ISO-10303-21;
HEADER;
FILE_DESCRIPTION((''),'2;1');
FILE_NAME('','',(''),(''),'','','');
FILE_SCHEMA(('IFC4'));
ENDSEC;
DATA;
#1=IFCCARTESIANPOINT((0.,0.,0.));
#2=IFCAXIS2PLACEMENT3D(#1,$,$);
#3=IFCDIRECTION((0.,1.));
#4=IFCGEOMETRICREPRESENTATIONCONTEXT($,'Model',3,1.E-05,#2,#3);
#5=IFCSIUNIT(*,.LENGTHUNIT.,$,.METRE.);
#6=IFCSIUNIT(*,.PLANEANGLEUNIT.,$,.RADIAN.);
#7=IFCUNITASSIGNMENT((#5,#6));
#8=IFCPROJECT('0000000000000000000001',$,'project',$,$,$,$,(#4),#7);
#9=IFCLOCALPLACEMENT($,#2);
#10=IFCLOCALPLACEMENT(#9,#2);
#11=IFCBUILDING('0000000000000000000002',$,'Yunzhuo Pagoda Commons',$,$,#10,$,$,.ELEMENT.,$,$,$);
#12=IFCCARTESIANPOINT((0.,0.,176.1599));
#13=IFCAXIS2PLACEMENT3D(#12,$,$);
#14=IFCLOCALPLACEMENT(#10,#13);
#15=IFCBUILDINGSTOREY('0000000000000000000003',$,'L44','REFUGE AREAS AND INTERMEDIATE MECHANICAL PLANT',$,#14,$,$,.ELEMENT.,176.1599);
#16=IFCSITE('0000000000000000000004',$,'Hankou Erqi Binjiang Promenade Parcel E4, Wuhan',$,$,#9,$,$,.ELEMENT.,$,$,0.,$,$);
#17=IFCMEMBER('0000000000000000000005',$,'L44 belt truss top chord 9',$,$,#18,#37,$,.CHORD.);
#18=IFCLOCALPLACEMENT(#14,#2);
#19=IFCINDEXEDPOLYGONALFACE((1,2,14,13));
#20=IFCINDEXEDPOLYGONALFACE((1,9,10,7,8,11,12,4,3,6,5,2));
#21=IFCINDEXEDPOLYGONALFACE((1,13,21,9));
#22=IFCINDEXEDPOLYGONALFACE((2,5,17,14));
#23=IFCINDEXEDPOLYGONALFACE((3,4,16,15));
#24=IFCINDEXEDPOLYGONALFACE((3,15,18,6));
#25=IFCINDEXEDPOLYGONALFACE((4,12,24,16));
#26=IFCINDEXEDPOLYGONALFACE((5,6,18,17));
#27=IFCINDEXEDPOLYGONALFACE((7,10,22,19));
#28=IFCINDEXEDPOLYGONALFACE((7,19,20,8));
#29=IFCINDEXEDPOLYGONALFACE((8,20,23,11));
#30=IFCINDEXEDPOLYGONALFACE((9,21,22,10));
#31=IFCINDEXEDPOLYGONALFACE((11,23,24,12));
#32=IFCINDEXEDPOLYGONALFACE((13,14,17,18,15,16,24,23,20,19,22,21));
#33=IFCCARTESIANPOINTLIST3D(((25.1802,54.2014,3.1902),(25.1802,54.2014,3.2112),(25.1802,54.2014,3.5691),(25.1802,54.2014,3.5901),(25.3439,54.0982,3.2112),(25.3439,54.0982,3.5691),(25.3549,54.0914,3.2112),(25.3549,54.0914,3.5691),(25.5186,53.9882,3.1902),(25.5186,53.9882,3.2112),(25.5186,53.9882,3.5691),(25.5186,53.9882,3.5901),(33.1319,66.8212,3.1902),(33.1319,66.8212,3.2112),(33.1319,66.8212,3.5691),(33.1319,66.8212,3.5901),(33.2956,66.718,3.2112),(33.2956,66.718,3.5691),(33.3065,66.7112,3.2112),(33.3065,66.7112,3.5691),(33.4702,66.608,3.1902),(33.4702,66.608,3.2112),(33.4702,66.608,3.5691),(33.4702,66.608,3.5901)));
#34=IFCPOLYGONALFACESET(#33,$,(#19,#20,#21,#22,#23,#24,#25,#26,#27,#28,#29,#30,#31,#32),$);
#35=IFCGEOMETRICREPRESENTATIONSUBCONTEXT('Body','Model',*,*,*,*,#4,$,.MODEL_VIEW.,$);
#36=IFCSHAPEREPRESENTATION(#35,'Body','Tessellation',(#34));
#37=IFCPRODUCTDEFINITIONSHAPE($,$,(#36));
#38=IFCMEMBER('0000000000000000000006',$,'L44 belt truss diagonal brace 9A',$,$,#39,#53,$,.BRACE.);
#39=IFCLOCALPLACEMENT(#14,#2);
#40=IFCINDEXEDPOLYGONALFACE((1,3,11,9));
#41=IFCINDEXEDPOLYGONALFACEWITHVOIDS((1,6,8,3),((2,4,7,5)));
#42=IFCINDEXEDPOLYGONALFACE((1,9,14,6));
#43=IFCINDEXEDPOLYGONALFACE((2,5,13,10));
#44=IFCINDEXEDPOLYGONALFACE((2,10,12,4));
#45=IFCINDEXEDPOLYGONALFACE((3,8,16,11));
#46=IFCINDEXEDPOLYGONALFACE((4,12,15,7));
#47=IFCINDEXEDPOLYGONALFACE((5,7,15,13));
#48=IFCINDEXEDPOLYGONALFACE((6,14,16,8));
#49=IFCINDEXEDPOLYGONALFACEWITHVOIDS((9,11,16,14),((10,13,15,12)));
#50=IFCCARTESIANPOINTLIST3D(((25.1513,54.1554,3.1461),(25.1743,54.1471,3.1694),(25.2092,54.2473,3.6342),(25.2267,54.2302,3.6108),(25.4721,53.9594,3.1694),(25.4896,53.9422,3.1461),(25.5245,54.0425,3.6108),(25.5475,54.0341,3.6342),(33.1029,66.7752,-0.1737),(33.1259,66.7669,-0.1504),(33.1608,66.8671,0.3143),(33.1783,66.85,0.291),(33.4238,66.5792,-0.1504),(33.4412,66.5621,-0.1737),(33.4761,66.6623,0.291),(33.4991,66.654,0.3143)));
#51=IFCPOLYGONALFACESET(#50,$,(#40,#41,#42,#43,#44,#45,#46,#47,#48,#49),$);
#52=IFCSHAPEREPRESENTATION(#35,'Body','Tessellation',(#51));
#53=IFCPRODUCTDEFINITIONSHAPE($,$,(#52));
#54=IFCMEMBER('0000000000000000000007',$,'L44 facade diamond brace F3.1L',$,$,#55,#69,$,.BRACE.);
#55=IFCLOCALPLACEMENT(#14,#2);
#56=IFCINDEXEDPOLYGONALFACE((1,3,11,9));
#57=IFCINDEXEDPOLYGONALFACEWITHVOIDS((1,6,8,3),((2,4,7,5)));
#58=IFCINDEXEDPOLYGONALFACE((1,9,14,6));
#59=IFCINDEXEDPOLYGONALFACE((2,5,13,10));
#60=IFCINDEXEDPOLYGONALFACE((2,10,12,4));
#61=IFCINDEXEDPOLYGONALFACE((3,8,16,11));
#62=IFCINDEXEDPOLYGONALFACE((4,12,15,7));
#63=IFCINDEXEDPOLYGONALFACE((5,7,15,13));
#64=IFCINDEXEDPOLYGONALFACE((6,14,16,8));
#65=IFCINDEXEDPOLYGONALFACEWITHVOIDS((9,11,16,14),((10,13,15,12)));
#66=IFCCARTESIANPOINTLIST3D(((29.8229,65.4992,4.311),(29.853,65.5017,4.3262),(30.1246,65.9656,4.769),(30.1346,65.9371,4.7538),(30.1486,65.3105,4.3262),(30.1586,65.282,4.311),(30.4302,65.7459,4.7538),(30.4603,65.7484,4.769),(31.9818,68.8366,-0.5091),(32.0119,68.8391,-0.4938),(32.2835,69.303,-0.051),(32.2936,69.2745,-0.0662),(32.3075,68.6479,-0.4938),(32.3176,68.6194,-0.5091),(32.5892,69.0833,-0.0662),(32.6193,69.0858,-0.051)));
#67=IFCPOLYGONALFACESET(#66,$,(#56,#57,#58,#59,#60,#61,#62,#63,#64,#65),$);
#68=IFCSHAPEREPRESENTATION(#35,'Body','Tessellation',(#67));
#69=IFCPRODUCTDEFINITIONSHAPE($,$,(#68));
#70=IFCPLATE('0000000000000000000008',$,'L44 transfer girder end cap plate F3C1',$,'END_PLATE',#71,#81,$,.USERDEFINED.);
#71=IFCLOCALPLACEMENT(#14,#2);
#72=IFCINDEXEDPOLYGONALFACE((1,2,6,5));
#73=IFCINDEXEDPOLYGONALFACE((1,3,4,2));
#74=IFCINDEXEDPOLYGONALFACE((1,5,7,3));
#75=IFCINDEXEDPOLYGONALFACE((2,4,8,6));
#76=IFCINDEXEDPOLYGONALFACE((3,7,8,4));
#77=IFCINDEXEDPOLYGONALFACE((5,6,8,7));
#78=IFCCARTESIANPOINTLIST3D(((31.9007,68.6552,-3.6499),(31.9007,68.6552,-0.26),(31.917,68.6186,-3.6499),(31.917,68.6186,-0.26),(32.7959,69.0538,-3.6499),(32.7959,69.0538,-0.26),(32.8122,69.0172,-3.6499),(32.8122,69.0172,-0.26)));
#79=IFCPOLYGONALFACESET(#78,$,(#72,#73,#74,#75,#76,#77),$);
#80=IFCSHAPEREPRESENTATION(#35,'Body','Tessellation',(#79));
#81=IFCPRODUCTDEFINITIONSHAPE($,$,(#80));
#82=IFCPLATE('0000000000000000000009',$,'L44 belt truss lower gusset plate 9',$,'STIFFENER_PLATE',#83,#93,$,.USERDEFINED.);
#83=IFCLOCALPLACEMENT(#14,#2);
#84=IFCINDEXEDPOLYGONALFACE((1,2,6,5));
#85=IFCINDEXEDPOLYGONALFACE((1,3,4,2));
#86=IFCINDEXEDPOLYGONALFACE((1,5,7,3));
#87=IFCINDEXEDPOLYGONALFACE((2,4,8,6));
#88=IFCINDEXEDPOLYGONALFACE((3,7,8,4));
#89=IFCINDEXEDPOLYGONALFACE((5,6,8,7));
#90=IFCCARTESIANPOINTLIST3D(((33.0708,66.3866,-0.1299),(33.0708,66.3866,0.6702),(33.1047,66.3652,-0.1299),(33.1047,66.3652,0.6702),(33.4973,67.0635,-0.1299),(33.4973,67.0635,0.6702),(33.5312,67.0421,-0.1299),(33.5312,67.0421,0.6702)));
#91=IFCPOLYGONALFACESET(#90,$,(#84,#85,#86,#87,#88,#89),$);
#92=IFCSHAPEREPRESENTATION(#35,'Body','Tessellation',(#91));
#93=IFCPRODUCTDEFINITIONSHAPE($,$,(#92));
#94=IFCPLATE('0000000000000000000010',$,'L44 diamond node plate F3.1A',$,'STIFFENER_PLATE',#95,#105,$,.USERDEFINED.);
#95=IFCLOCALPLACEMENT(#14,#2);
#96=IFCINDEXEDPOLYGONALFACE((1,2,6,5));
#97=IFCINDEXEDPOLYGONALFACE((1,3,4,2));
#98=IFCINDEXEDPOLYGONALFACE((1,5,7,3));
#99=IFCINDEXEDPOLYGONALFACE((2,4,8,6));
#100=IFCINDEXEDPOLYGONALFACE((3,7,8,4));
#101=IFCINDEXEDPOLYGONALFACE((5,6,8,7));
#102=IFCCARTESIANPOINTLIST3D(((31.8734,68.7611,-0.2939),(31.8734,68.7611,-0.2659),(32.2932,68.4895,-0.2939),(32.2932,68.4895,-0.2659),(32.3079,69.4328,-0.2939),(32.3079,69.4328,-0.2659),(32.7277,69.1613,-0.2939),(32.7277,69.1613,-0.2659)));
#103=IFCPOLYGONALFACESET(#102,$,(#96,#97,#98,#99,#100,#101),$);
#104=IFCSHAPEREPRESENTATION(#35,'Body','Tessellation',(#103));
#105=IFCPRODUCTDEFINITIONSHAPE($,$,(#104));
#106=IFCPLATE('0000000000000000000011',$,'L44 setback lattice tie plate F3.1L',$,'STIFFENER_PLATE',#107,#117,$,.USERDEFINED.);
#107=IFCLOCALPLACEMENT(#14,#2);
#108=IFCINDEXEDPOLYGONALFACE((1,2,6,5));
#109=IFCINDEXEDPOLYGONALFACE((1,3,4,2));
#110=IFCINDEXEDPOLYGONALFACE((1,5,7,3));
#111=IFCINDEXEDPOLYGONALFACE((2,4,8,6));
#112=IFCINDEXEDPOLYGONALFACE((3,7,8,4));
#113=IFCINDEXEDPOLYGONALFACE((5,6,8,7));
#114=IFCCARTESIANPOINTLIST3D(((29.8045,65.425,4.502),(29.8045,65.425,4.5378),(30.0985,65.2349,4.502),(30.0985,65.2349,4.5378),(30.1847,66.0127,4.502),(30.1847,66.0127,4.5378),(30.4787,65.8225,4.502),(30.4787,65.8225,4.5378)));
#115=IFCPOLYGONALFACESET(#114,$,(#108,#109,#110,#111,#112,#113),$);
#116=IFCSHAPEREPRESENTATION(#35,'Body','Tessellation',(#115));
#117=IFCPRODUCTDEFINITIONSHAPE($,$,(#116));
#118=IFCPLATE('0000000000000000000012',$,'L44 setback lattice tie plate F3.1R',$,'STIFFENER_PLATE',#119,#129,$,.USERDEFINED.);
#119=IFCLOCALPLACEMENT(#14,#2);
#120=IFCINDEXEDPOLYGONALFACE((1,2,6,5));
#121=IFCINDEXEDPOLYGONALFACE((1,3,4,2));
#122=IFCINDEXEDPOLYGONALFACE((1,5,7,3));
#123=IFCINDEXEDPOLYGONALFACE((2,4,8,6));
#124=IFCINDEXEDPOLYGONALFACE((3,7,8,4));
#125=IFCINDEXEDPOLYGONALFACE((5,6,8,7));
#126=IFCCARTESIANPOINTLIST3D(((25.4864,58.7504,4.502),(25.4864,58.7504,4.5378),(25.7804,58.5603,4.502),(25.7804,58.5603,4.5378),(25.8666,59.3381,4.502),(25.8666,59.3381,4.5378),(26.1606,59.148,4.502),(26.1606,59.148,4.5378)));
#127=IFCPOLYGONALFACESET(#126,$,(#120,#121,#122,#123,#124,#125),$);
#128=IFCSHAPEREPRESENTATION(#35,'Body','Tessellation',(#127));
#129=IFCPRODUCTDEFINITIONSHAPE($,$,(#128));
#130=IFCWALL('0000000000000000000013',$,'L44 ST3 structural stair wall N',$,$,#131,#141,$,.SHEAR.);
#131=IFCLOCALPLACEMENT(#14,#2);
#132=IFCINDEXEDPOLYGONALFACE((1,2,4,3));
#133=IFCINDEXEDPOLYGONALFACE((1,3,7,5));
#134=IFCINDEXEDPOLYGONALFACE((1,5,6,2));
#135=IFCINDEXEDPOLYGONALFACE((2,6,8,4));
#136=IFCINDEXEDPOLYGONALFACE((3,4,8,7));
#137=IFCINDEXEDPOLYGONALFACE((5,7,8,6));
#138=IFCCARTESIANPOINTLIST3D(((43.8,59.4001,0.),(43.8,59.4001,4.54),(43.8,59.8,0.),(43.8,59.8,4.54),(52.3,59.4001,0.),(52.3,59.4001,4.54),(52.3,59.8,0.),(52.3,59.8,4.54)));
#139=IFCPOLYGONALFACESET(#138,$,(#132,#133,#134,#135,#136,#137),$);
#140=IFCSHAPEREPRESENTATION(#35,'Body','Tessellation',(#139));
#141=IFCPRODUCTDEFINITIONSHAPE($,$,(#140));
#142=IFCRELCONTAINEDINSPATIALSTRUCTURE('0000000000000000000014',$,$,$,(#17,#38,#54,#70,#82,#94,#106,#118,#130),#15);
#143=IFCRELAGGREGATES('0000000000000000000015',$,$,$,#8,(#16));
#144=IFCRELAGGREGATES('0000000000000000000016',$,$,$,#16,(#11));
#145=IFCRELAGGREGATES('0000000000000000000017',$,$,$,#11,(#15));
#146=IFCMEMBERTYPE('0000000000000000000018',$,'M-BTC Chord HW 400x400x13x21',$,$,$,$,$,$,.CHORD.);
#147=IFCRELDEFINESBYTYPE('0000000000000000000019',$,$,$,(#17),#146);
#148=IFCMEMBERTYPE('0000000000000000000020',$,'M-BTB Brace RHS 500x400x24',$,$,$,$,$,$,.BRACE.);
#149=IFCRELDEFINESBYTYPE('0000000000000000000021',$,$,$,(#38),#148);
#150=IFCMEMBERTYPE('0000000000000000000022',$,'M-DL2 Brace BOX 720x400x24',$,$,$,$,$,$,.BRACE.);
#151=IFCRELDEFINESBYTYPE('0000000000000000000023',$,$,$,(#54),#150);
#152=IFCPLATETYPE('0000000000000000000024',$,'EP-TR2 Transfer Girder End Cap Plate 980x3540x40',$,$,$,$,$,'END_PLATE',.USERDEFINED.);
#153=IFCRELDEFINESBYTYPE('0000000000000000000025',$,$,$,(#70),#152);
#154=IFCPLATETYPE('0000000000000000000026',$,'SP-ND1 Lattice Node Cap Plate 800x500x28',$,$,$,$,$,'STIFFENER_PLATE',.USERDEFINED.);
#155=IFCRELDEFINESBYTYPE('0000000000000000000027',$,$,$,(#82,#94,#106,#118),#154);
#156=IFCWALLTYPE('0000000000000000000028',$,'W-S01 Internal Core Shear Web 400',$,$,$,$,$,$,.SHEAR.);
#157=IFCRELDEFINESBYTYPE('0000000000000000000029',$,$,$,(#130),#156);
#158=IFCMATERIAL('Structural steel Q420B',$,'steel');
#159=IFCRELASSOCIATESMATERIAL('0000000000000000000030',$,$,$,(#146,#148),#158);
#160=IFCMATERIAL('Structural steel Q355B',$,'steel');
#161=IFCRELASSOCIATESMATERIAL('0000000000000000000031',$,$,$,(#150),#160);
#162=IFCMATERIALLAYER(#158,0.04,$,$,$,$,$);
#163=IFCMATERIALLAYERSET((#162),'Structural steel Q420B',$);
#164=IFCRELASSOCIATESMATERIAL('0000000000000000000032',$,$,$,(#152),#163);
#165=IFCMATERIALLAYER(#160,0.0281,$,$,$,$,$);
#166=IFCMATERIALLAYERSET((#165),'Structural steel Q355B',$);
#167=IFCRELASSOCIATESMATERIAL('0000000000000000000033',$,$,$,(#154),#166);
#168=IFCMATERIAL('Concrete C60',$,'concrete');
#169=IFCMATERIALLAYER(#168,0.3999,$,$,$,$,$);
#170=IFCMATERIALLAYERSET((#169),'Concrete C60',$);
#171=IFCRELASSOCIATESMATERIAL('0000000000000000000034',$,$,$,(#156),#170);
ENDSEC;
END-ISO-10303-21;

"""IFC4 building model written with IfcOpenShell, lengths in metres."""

from ifc_helpers import new_model, si_unit, direction, frame, frame_2d, origin, origin_2d, place, context, subcontext, project, spatial, rectangle, hollow_rectangle, i_section, extrude, source, transform, mapped, material, layer, layer_set, material_profile, profile_set, type_object, element, save


model = new_model("IFC4")

# Units and contexts
model_context = context("Model", 3, precision=1e-05, world=origin(), true_north=direction((0.0, 1.0)))
body_context = subcontext(model_context, "Body", "Model", "MODEL_VIEW")
ifc_project = project(units=[si_unit("LENGTHUNIT", "METRE"), si_unit("PLANEANGLEUNIT", "RADIAN")], contexts=[model_context])

# Site, building, storey
site_placement = place(None, origin())
site = spatial("IfcSite", under=ifc_project, at=site_placement, Name="Hankou Erqi Binjiang Promenade Parcel E4, Wuhan", CompositionType="ELEMENT", RefElevation=0.0)
building_placement = place(site_placement, origin())
building = spatial("IfcBuilding", under=site, at=building_placement, Name="Yunzhuo Pagoda Commons", CompositionType="ELEMENT")
storey_placement = place(building_placement, frame((0.0, 0.0, 176.1599)))
storey = spatial("IfcBuildingStorey", under=building, at=storey_placement, Name="L44", Description="REFUGE AREAS AND INTERMEDIATE MECHANICAL PLANT", CompositionType="ELEMENT", Elevation=176.1599)

# Shared definitions
ifc_material_1 = material(Name="Structural steel Q420B", Category="steel")

# Shared definitions
ifc_material_2 = material(Name="Structural steel Q355B", Category="steel")

# Members
ifc_material_profile_1 = material_profile(ifc_material_1, i_section(OverallWidth=0.3999, OverallDepth=0.3999, WebThickness=0.0129, FlangeThickness=0.021, at=origin_2d()), Name="Structural steel Q420B")
ifc_profile_set_1 = profile_set([ifc_material_profile_1], Name="Structural steel Q420B")
member_type_1 = type_object("IfcMemberType", Name="M-BTC Chord HW 400x400x13x21", PredefinedType="CHORD", material=ifc_profile_set_1)
shared_shape_1 = source(origin(), body_context, "Body", "SweptSolid", [
    extrude(i_section(OverallWidth=0.3999, OverallDepth=0.3999, WebThickness=0.0129, FlangeThickness=0.021, at=origin_2d()), origin(), (0.0, 0.0, 1.0), 14.916),
])
for number, where, z_axis, x_axis, name in (
    (1, (33.301, 66.7146, 3.3901), (-0.533092, -0.846057, 0.0), (0.846057, -0.533092, 0.0), "L44 belt truss top chord 9"),
):
    element("IfcMember", number, at=place(storey_placement, frame(where, z_axis=z_axis, x_axis=x_axis)), inside=storey, type_object=member_type_1, Name=name, PredefinedType="CHORD", context=body_context, shape_type="MappedRepresentation", body=[
        mapped(shared_shape_1, transform((0.0, 0.0, 0.0), scale=1.0)),
    ])
ifc_material_profile_2 = material_profile(ifc_material_1, hollow_rectangle(XDim=0.3999, YDim=0.5, WallThickness=0.0239, at=origin_2d()), Name="Structural steel Q420B")
ifc_profile_set_2 = profile_set([ifc_material_profile_2], Name="Structural steel Q420B")
member_type_2 = type_object("IfcMemberType", Name="M-BTB Brace RHS 500x400x24", PredefinedType="BRACE", material=ifc_profile_set_2)
shared_shape_2 = source(origin(), body_context, "Body", "SweptSolid", [
    extrude(hollow_rectangle(XDim=0.3999, YDim=0.5, WallThickness=0.0239, at=origin_2d()), origin(), (0.0, 0.0, 1.0), 15.281),
])
member_1_placement = place(storey_placement, frame((33.301, 66.7146, 0.0703), z_axis=(-0.52036, -0.82585, 0.217251), x_axis=(0.846057, -0.533092, 0.0)))
element("IfcMember", 2, at=member_1_placement, inside=storey, type_object=member_type_2, Name="L44 belt truss diagonal brace 9A", PredefinedType="BRACE", context=body_context, shape_type="MappedRepresentation", body=[
    mapped(shared_shape_2, transform((0.0, 0.0, 0.0), scale=1.0)),
])
ifc_material_profile_3 = material_profile(ifc_material_2, hollow_rectangle(XDim=0.3999, YDim=0.72, WallThickness=0.0239, at=origin_2d()), Name="Structural steel Q355B")
ifc_profile_set_3 = profile_set([ifc_material_profile_3], Name="Structural steel Q355B")
member_type_3 = type_object("IfcMemberType", Name="M-DL2 Brace BOX 720x400x24", PredefinedType="BRACE", material=ifc_profile_set_3)
shared_shape_3 = source(origin(), body_context, "Body", "SweptSolid", [
    extrude(hollow_rectangle(XDim=0.3999, YDim=0.72, WallThickness=0.0239, at=origin_2d()), origin(), (0.0, 0.0, 1.0), 6.2476),
])
member_2_placement = place(storey_placement, frame((32.3005, 68.9612, -0.28), z_axis=(-0.345563, -0.534191, 0.771509), x_axis=(0.839634, -0.543152, 0.0)))
element("IfcMember", 3, at=member_2_placement, inside=storey, type_object=member_type_3, Name="L44 facade diamond brace F3.1L", PredefinedType="BRACE", context=body_context, shape_type="MappedRepresentation", body=[
    mapped(shared_shape_3, transform((0.0, 0.0, 0.0), scale=1.0)),
])

# Plates
ifc_layer_1 = layer(ifc_material_1, 0.04)
ifc_layer_set_1 = layer_set([ifc_layer_1], Name="Structural steel Q420B")
plate_type_1 = type_object("IfcPlateType", Name="EP-TR2 Transfer Girder End Cap Plate 980x3540x40", ElementType="END_PLATE", PredefinedType="USERDEFINED", material=ifc_layer_set_1)
shared_shape_4 = source(origin(), body_context, "Body", "SweptSolid", [
    extrude(rectangle(XDim=0.98, YDim=0.04, at=origin_2d()), origin(), (0.0, 0.0, 1.0), 3.3899),
])
plate_1_placement = place(storey_placement, frame((32.3564, 68.8362, -3.6499), z_axis=(0.0, 0.0, 1.0), x_axis=(-0.913545, -0.406737, 0.0)))
element("IfcPlate", 4, at=plate_1_placement, inside=storey, type_object=plate_type_1, Name="L44 transfer girder end cap plate F3C1", ObjectType="END_PLATE", PredefinedType="USERDEFINED", context=body_context, shape_type="MappedRepresentation", body=[
    mapped(shared_shape_4, transform((0.0, 0.0, 0.0), scale=1.0)),
])
ifc_layer_2 = layer(ifc_material_2, 0.0281)
ifc_layer_set_2 = layer_set([ifc_layer_2], Name="Structural steel Q355B")
plate_type_2 = type_object("IfcPlateType", Name="SP-ND1 Lattice Node Cap Plate 800x500x28", ElementType="STIFFENER_PLATE", PredefinedType="USERDEFINED", material=ifc_layer_set_2)
shared_shape_5 = source(origin(), body_context, "Body", "SweptSolid", [
    extrude(rectangle(XDim=0.8, YDim=0.04, at=origin_2d()), origin(), (0.0, 0.0, 1.0), 0.8),
])
plate_2_placement = place(storey_placement, frame((33.301, 66.7144, -0.1299), z_axis=(0.0, 0.0, 1.0), x_axis=(-0.533098, -0.846054, 0.0)))
element("IfcPlate", 5, at=plate_2_placement, inside=storey, type_object=plate_type_2, Name="L44 belt truss lower gusset plate 9", ObjectType="STIFFENER_PLATE", PredefinedType="USERDEFINED", context=body_context, shape_type="MappedRepresentation", body=[
    mapped(shared_shape_5, transform((0.0, 0.0, 0.0), scale=1.0)),
])
shared_shape_6 = source(origin(), body_context, "Body", "SweptSolid", [
    extrude(rectangle(XDim=0.8, YDim=0.5, at=origin_2d()), origin(), (0.0, 0.0, 1.0), 0.0281),
])
plate_3_placement = place(storey_placement, frame((32.3005, 68.9612, -0.2939), z_axis=(0.0, 0.0, 1.0), x_axis=(-0.54316, -0.839629, 0.0)))
element("IfcPlate", 6, at=plate_3_placement, inside=storey, type_object=plate_type_2, Name="L44 diamond node plate F3.1A", ObjectType="STIFFENER_PLATE", PredefinedType="USERDEFINED", context=body_context, shape_type="MappedRepresentation", body=[
    mapped(shared_shape_6, transform((0.0, 0.0, 0.0), scale=1.0)),
])
shared_shape_7 = source(origin(), body_context, "Body", "SweptSolid", [
    extrude(rectangle(XDim=0.7, YDim=0.3501, at=origin_2d()), origin(), (0.0, 0.0, 1.0), 0.0359),
])
for number, where, z_axis, x_axis, name in (
    (7, (30.1416, 65.6238, 4.502), (0.0, 0.0, 1.0), (-0.54316, -0.839629, 0.0), "L44 setback lattice tie plate F3.1L"),
    (8, (25.8235, 58.9492, 4.502), (0.0, 0.0, 1.0), (-0.54316, -0.839629, 0.0), "L44 setback lattice tie plate F3.1R"),
):
    element("IfcPlate", number, at=place(storey_placement, frame(where, z_axis=z_axis, x_axis=x_axis)), inside=storey, type_object=plate_type_2, Name=name, ObjectType="STIFFENER_PLATE", PredefinedType="USERDEFINED", context=body_context, shape_type="MappedRepresentation", body=[
        mapped(shared_shape_7, transform((0.0, 0.0, 0.0), scale=1.0)),
    ])

# Wall
ifc_material_3 = material(Name="Concrete C60", Category="concrete")
ifc_layer_3 = layer(ifc_material_3, 0.3999)
ifc_layer_set_3 = layer_set([ifc_layer_3], Name="Concrete C60")
wall_type = type_object("IfcWallType", Name="W-S01 Internal Core Shear Web 400", PredefinedType="SHEAR", material=ifc_layer_set_3)
wall_1_placement = place(storey_placement, frame((43.8, 59.6001, 0.0), z_axis=(0.0, 0.0, 1.0), x_axis=(1.0, 0.0, 0.0)))
element("IfcWall", 9, at=wall_1_placement, inside=storey, type_object=wall_type, Name="L44 ST3 structural stair wall N", PredefinedType="SHEAR", context=body_context, shape_type="SweptSolid", body=[
    extrude(rectangle(XDim=8.5, YDim=0.3999, at=frame_2d((4.25, 0.0))), origin(), (0.0, 0.0, 1.0), 4.54),
])

save(model, "model.ifc")
